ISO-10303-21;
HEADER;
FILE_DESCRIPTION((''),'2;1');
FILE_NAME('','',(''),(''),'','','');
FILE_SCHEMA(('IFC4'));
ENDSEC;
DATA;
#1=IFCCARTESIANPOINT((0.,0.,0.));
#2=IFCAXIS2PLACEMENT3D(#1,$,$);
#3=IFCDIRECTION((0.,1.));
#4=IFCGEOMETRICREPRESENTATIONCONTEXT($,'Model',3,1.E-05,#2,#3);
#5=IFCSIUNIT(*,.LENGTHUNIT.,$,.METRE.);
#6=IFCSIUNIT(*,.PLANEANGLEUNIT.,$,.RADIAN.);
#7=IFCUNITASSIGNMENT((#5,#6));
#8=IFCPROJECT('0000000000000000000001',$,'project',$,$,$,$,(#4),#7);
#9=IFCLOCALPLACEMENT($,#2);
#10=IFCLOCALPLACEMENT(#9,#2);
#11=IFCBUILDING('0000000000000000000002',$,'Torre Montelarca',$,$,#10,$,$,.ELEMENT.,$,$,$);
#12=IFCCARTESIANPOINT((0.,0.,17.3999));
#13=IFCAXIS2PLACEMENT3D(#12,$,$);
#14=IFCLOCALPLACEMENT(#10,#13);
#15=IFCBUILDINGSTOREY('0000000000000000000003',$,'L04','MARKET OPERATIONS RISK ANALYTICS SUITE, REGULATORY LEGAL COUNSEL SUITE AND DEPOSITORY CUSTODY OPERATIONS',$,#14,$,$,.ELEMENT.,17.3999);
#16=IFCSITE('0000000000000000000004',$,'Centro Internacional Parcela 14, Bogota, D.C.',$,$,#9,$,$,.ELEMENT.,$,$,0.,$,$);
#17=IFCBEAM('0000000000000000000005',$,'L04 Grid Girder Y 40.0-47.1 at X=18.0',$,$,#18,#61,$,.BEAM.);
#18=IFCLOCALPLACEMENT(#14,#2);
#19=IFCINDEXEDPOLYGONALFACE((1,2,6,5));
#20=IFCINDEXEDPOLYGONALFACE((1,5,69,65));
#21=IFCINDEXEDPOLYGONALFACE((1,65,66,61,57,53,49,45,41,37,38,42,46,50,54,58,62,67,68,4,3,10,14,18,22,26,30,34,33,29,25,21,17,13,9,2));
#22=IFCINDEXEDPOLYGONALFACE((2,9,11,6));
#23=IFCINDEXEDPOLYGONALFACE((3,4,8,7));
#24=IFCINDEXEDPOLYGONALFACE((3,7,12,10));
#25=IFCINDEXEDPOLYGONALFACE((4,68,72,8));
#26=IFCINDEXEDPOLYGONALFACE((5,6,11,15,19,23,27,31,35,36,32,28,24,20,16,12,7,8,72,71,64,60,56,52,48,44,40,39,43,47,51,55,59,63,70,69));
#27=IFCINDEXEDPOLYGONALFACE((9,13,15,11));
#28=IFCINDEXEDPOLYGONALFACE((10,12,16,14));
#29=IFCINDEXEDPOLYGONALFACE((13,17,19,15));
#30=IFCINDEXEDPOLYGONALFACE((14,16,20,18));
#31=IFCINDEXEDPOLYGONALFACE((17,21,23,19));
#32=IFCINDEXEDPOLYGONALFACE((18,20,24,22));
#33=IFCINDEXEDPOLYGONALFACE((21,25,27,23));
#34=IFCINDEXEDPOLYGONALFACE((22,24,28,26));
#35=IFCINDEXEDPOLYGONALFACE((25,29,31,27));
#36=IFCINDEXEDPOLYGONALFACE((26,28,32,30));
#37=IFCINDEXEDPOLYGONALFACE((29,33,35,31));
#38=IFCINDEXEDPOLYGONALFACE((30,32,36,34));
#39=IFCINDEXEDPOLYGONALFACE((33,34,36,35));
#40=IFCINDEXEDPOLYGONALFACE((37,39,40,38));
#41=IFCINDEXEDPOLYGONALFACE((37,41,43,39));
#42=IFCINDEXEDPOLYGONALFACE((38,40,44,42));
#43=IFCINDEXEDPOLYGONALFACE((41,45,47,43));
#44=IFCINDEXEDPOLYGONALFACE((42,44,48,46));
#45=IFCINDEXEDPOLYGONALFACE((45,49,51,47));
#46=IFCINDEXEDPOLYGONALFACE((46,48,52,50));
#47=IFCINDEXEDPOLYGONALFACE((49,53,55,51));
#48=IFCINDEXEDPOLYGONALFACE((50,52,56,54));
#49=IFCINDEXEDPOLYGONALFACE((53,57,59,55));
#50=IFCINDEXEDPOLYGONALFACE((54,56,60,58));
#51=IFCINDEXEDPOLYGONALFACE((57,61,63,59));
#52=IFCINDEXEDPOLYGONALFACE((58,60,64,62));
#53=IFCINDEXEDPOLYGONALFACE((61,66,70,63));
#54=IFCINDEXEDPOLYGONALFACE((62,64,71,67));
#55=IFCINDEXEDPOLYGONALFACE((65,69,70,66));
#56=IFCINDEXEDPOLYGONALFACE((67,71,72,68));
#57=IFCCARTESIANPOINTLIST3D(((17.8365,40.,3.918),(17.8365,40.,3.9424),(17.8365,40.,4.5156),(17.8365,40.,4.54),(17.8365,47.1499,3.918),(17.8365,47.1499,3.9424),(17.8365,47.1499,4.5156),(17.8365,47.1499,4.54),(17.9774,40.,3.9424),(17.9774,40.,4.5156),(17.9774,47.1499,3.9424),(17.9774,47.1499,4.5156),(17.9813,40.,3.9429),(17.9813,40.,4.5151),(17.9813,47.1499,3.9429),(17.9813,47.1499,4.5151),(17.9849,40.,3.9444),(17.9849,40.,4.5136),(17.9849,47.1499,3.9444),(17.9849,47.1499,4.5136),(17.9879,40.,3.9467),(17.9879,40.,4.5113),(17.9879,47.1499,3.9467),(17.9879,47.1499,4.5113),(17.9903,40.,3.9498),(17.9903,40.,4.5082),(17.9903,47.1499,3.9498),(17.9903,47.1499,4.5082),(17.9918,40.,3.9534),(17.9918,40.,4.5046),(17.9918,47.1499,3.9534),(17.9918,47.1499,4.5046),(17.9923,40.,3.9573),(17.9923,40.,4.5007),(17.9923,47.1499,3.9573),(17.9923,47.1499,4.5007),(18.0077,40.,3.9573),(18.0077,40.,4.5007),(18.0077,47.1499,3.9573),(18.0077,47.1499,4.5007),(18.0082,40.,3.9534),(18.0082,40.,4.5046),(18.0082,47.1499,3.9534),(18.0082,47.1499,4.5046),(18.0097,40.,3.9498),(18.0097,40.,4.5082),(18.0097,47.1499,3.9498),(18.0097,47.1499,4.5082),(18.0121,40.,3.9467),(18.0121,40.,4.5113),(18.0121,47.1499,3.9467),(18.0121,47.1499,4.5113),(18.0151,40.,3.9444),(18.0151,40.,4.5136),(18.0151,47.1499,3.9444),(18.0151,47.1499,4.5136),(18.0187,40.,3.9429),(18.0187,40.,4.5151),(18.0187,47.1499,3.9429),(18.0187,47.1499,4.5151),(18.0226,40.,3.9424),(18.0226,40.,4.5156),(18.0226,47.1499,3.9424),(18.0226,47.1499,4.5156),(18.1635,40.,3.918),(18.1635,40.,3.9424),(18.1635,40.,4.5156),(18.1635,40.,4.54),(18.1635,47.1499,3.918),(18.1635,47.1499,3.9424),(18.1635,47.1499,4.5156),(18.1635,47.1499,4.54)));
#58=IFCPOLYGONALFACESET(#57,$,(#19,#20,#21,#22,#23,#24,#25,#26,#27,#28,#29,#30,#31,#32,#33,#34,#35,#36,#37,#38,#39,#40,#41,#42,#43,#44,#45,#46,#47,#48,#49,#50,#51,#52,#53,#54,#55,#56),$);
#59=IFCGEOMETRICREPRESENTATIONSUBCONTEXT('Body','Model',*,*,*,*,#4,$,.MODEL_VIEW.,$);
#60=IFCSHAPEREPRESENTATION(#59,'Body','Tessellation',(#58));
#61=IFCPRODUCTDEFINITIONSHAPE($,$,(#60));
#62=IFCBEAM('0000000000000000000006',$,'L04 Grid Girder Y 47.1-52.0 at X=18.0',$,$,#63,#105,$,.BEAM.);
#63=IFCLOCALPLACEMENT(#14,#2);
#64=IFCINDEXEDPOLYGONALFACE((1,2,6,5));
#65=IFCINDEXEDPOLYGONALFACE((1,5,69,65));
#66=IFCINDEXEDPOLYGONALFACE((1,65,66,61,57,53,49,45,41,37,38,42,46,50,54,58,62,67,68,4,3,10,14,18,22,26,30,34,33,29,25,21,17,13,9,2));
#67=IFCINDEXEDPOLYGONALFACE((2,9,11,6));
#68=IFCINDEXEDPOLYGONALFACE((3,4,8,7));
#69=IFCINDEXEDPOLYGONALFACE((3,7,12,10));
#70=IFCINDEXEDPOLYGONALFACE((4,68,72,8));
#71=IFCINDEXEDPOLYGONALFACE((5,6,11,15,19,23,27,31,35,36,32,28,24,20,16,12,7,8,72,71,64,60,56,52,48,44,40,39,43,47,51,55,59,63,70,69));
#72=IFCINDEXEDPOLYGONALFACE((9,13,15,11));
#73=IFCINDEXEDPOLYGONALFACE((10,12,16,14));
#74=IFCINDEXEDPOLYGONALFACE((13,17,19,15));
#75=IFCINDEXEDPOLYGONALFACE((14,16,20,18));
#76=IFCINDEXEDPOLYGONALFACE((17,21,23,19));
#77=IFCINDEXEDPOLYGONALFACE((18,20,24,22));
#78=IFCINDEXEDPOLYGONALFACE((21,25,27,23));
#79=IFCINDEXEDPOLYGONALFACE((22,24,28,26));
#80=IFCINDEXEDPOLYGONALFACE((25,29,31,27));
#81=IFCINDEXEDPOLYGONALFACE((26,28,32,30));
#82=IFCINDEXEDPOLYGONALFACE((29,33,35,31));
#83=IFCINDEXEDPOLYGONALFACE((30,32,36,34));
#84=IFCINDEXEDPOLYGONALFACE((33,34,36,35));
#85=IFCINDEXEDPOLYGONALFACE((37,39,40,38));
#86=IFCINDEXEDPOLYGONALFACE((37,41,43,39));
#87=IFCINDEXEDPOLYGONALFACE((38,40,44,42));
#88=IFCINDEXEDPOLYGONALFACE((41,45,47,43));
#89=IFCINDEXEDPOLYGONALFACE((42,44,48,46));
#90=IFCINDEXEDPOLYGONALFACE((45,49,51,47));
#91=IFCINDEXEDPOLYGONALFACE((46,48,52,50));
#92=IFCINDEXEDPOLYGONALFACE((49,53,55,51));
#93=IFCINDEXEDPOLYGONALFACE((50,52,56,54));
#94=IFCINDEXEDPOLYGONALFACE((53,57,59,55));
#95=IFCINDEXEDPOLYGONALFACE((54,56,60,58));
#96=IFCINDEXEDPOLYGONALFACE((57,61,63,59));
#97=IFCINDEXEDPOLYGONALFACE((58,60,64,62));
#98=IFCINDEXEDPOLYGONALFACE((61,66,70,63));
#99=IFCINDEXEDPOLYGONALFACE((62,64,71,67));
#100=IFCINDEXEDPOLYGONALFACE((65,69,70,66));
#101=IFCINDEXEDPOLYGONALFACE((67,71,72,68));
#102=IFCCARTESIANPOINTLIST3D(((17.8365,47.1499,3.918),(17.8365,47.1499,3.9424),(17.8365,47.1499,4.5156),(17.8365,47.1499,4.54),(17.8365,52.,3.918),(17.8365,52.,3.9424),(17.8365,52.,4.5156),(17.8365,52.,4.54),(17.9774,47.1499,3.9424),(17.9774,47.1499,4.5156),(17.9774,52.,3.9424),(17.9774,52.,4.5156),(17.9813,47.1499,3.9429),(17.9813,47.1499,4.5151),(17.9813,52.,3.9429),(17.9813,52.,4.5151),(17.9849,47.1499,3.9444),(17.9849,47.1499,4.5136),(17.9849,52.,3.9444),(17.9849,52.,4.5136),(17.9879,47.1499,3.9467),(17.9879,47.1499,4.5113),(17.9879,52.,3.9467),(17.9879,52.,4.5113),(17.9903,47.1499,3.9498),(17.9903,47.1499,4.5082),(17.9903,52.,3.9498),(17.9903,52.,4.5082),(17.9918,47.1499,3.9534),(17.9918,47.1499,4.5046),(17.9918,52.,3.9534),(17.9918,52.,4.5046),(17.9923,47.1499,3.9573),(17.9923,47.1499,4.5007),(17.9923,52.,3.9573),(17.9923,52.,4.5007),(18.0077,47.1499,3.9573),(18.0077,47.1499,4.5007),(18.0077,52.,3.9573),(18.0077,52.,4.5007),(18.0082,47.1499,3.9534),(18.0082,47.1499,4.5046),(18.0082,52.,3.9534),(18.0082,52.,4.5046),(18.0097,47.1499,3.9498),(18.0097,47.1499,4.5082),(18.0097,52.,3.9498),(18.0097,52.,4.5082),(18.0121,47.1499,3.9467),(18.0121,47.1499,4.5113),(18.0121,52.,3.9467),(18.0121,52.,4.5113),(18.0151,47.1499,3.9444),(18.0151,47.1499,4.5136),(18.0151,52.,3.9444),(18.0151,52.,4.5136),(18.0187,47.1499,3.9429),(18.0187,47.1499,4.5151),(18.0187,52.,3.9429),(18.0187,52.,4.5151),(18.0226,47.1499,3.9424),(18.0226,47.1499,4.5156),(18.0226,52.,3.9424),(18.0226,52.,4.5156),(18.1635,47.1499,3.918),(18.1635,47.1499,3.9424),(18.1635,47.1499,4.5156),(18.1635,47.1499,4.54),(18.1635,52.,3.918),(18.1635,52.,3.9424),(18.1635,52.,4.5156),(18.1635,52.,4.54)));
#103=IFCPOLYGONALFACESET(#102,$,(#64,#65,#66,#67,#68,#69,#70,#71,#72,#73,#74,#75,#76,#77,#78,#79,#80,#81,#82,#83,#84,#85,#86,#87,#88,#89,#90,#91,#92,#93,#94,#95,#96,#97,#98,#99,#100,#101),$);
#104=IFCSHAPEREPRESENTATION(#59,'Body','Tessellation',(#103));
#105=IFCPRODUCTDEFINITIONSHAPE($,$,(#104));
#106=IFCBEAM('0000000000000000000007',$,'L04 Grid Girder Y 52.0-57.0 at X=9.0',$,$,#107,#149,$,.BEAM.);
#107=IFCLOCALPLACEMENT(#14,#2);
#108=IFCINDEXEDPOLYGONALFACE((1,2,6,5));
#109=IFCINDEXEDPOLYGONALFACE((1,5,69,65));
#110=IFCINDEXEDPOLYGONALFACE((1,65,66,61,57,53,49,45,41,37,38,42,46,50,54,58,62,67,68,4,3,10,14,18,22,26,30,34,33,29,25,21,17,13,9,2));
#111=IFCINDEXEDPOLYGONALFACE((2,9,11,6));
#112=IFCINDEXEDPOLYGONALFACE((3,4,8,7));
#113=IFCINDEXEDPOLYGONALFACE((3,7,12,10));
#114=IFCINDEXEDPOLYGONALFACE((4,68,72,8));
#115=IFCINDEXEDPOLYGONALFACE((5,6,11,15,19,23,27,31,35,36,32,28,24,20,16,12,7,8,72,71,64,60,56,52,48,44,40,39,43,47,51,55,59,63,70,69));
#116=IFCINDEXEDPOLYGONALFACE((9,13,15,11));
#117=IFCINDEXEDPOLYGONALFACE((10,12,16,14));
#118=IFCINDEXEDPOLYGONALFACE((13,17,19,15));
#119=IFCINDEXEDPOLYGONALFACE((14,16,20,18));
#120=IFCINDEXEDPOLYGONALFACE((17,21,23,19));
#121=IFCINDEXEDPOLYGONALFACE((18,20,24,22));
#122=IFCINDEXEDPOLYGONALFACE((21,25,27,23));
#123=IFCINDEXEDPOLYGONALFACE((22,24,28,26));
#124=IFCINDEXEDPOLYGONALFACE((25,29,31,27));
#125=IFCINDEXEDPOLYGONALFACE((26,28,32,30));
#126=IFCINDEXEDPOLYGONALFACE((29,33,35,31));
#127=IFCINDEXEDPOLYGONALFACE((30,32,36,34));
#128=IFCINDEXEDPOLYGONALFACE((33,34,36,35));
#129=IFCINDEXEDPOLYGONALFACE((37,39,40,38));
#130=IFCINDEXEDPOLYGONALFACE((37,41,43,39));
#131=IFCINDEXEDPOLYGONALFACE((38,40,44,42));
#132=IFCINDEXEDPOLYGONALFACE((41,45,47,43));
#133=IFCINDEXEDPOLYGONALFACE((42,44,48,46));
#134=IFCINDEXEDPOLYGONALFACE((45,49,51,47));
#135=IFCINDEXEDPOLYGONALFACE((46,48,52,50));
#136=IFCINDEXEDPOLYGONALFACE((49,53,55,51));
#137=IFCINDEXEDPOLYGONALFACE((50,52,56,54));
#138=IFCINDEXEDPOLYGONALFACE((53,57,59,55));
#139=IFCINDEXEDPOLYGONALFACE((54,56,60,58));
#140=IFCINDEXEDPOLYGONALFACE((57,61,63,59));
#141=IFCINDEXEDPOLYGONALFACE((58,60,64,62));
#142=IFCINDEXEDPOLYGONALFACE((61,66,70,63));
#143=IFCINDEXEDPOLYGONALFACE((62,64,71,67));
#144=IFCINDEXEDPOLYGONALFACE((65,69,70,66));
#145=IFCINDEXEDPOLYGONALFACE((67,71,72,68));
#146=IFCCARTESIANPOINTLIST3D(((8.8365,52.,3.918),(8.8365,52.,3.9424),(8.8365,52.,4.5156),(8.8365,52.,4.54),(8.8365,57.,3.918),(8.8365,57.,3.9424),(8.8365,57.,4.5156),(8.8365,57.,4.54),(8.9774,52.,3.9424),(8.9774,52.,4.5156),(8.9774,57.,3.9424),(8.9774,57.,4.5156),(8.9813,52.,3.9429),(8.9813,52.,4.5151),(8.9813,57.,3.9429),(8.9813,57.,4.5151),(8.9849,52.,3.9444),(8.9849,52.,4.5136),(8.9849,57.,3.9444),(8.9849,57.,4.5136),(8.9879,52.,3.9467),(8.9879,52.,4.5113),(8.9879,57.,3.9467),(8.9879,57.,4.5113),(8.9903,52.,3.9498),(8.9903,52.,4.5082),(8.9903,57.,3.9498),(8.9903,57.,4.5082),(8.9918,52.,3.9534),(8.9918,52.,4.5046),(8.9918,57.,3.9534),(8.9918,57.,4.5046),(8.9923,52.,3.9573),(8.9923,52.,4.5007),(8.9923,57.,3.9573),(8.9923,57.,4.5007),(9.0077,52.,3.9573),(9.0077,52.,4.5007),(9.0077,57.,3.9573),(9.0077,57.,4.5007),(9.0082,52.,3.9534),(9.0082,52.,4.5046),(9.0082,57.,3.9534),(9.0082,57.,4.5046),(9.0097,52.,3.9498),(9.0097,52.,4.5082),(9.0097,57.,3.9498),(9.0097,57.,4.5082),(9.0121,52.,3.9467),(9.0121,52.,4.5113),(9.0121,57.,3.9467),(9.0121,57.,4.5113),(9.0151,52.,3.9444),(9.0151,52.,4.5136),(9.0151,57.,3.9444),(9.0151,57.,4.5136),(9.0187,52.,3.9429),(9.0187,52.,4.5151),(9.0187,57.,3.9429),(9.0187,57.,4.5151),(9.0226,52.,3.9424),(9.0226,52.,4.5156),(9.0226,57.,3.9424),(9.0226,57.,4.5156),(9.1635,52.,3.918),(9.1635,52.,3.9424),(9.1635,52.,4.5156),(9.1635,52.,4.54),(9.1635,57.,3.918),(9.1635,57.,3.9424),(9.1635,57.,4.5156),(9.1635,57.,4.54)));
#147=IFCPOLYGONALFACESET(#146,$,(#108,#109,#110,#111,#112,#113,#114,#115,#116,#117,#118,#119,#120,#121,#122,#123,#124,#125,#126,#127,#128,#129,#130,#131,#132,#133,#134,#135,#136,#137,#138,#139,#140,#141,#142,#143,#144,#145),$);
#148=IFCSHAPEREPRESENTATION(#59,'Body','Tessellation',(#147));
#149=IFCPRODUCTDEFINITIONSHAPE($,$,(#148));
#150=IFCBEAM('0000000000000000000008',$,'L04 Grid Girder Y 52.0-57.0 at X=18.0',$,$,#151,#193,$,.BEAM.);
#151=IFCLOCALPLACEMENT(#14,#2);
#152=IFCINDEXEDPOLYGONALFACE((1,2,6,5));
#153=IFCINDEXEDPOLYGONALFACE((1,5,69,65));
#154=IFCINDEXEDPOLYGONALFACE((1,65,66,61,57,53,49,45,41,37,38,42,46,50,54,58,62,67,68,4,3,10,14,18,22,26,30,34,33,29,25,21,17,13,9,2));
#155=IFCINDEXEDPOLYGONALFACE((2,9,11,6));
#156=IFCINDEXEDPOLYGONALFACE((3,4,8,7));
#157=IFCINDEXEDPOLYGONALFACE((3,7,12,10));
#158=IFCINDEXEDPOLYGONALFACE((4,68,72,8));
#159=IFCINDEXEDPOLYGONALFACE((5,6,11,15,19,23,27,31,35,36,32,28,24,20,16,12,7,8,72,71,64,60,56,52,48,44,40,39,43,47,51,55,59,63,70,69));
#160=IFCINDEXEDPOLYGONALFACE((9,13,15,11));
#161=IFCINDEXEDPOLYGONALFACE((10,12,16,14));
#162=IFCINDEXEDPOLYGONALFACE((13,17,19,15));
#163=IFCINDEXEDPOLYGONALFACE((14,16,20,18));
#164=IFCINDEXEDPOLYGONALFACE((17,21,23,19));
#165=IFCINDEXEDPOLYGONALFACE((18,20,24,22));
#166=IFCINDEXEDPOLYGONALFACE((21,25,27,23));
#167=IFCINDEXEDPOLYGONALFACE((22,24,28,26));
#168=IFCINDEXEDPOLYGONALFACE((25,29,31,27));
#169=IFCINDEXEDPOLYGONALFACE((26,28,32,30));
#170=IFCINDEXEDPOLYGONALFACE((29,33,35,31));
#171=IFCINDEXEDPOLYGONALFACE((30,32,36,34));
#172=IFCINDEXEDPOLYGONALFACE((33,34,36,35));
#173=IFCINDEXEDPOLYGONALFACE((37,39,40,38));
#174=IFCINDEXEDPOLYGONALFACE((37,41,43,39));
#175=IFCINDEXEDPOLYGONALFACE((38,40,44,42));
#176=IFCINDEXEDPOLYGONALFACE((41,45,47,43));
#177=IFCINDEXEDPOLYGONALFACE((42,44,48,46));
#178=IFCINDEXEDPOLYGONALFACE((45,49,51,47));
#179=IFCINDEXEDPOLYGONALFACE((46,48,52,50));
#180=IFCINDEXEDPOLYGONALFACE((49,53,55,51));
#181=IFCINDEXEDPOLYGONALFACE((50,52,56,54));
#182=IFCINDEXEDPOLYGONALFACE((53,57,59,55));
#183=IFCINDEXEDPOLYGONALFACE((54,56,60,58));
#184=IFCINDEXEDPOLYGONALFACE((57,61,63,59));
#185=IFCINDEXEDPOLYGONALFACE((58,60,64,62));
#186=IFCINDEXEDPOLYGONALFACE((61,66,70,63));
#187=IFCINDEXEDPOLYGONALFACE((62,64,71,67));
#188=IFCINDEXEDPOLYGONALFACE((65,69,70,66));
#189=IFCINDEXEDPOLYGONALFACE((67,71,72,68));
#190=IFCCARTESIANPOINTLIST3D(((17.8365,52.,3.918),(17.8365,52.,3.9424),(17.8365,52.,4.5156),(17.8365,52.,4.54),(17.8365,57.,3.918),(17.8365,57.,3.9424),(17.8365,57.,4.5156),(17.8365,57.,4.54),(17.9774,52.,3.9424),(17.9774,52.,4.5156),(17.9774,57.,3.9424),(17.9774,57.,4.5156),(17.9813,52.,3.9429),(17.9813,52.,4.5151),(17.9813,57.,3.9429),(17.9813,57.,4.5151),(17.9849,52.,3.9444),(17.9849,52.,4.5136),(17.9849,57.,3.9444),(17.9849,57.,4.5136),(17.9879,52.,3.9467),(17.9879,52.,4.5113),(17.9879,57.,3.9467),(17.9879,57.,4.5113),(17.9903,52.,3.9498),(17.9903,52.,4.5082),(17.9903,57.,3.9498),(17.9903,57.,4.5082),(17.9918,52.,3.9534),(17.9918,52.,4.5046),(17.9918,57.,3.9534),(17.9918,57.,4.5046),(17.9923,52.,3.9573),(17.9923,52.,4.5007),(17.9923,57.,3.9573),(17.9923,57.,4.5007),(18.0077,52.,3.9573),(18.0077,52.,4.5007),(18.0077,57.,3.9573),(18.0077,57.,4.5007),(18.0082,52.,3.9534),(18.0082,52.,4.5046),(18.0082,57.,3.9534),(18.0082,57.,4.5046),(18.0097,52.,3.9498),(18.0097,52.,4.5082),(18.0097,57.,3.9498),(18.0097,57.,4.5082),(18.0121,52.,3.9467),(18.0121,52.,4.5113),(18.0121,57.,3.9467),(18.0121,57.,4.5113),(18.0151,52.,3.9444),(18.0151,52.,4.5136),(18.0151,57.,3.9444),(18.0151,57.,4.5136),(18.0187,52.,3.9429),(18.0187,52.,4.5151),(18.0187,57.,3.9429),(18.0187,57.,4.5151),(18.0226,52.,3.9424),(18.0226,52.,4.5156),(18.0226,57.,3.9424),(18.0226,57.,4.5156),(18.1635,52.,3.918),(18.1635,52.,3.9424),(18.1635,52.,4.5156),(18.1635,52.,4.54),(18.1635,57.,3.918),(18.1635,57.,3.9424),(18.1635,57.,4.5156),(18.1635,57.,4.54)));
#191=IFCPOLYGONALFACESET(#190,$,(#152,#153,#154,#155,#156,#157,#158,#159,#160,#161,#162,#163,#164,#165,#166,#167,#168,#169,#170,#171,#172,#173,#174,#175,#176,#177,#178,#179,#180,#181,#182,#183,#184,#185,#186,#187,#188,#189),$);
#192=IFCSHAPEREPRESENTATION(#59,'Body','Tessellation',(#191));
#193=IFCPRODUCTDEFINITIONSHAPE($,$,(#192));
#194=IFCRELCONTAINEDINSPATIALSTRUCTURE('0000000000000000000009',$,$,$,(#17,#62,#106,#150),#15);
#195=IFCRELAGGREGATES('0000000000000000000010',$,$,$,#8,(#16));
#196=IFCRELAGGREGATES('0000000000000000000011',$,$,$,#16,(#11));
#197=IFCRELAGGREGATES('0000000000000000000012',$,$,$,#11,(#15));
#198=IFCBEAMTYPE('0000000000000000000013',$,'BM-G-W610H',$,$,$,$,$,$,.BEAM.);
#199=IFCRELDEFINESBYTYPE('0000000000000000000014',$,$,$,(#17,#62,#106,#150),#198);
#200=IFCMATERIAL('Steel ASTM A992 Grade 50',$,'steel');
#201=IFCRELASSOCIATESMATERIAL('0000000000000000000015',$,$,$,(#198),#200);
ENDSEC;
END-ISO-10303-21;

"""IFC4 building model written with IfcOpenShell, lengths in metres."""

from ifc_helpers import new_model, si_unit, direction, frame, origin, origin_2d, place, context, subcontext, project, spatial, i_section, extrude, source, transform, mapped, material, material_profile, profile_set, type_object, element, save


model = new_model("IFC4")

# Units and contexts
model_context = context("Model", 3, precision=1e-05, world=origin(), true_north=direction((0.0, 1.0)))
body_context = subcontext(model_context, "Body", "Model", "MODEL_VIEW")
ifc_project = project(units=[si_unit("LENGTHUNIT", "METRE"), si_unit("PLANEANGLEUNIT", "RADIAN")], contexts=[model_context])

# Site, building, storey
site_placement = place(None, origin())
site = spatial("IfcSite", under=ifc_project, at=site_placement, Name="Centro Internacional Parcela 14, Bogota, D.C.", CompositionType="ELEMENT", RefElevation=0.0)
building_placement = place(site_placement, origin())
building = spatial("IfcBuilding", under=site, at=building_placement, Name="Torre Montelarca", CompositionType="ELEMENT")
storey_placement = place(building_placement, frame((0.0, 0.0, 17.3999)))
storey = spatial("IfcBuildingStorey", under=building, at=storey_placement, Name="L04", Description="MARKET OPERATIONS RISK ANALYTICS SUITE, REGULATORY LEGAL COUNSEL SUITE AND DEPOSITORY CUSTODY OPERATIONS", CompositionType="ELEMENT", Elevation=17.3999)

# Beams
ifc_material_1 = material(Name="Steel ASTM A992 Grade 50", Category="steel")
ifc_material_profile_1 = material_profile(ifc_material_1, i_section(OverallWidth=0.3269, OverallDepth=0.6221, WebThickness=0.0154, FlangeThickness=0.0244, FilletRadius=0.0149, at=origin_2d()), Name="W610X195", Category="steel")
ifc_profile_set_1 = profile_set([ifc_material_profile_1], Name="Steel ASTM A992 Grade 50")
beam_type_1 = type_object("IfcBeamType", Name="BM-G-W610H", PredefinedType="BEAM", material=ifc_profile_set_1)
shared_shape_1 = source(origin(), body_context, "Body", "SweptSolid", [
    extrude(i_section(OverallWidth=0.3269, OverallDepth=0.6221, WebThickness=0.0154, FlangeThickness=0.0244, FilletRadius=0.0149, at=origin_2d()), origin(), (0.0, 0.0, 1.0), 7.1499),
])
beam_1_placement = place(storey_placement, frame((18.0, 40.0, 4.229), z_axis=(0.0, 1.0, 0.0), x_axis=(-1.0, 0.0, 0.0)))
element("IfcBeam", 1, at=beam_1_placement, inside=storey, type_object=beam_type_1, Name="L04 Grid Girder Y 40.0-47.1 at X=18.0", PredefinedType="BEAM", context=body_context, shape_type="MappedRepresentation", body=[
    mapped(shared_shape_1, transform((0.0, 0.0, 0.0), scale=1.0)),
])
shared_shape_2 = source(origin(), body_context, "Body", "SweptSolid", [
    extrude(i_section(OverallWidth=0.3269, OverallDepth=0.6221, WebThickness=0.0154, FlangeThickness=0.0244, FilletRadius=0.0149, at=origin_2d()), origin(), (0.0, 0.0, 1.0), 4.8501),
])
beam_2_placement = place(storey_placement, frame((18.0, 47.1499, 4.229), z_axis=(0.0, 1.0, 0.0), x_axis=(-1.0, 0.0, 0.0)))
element("IfcBeam", 2, at=beam_2_placement, inside=storey, type_object=beam_type_1, Name="L04 Grid Girder Y 47.1-52.0 at X=18.0", PredefinedType="BEAM", context=body_context, shape_type="MappedRepresentation", body=[
    mapped(shared_shape_2, transform((0.0, 0.0, 0.0), scale=1.0)),
])
shared_shape_3 = source(origin(), body_context, "Body", "SweptSolid", [
    extrude(i_section(OverallWidth=0.3269, OverallDepth=0.6221, WebThickness=0.0154, FlangeThickness=0.0244, FilletRadius=0.0149, at=origin_2d()), origin(), (0.0, 0.0, 1.0), 5.0),
])
for number, where, z_axis, x_axis, name in (
    (3, (9.0, 52.0, 4.229), (0.0, 1.0, 0.0), (-1.0, 0.0, 0.0), "L04 Grid Girder Y 52.0-57.0 at X=9.0"),
    (4, (18.0, 52.0, 4.229), (0.0, 1.0, 0.0), (-1.0, 0.0, 0.0), "L04 Grid Girder Y 52.0-57.0 at X=18.0"),
):
    element("IfcBeam", number, at=place(storey_placement, frame(where, z_axis=z_axis, x_axis=x_axis)), inside=storey, type_object=beam_type_1, Name=name, PredefinedType="BEAM", context=body_context, shape_type="MappedRepresentation", body=[
        mapped(shared_shape_3, transform((0.0, 0.0, 0.0), scale=1.0)),
    ])

save(model, "model.ifc")
